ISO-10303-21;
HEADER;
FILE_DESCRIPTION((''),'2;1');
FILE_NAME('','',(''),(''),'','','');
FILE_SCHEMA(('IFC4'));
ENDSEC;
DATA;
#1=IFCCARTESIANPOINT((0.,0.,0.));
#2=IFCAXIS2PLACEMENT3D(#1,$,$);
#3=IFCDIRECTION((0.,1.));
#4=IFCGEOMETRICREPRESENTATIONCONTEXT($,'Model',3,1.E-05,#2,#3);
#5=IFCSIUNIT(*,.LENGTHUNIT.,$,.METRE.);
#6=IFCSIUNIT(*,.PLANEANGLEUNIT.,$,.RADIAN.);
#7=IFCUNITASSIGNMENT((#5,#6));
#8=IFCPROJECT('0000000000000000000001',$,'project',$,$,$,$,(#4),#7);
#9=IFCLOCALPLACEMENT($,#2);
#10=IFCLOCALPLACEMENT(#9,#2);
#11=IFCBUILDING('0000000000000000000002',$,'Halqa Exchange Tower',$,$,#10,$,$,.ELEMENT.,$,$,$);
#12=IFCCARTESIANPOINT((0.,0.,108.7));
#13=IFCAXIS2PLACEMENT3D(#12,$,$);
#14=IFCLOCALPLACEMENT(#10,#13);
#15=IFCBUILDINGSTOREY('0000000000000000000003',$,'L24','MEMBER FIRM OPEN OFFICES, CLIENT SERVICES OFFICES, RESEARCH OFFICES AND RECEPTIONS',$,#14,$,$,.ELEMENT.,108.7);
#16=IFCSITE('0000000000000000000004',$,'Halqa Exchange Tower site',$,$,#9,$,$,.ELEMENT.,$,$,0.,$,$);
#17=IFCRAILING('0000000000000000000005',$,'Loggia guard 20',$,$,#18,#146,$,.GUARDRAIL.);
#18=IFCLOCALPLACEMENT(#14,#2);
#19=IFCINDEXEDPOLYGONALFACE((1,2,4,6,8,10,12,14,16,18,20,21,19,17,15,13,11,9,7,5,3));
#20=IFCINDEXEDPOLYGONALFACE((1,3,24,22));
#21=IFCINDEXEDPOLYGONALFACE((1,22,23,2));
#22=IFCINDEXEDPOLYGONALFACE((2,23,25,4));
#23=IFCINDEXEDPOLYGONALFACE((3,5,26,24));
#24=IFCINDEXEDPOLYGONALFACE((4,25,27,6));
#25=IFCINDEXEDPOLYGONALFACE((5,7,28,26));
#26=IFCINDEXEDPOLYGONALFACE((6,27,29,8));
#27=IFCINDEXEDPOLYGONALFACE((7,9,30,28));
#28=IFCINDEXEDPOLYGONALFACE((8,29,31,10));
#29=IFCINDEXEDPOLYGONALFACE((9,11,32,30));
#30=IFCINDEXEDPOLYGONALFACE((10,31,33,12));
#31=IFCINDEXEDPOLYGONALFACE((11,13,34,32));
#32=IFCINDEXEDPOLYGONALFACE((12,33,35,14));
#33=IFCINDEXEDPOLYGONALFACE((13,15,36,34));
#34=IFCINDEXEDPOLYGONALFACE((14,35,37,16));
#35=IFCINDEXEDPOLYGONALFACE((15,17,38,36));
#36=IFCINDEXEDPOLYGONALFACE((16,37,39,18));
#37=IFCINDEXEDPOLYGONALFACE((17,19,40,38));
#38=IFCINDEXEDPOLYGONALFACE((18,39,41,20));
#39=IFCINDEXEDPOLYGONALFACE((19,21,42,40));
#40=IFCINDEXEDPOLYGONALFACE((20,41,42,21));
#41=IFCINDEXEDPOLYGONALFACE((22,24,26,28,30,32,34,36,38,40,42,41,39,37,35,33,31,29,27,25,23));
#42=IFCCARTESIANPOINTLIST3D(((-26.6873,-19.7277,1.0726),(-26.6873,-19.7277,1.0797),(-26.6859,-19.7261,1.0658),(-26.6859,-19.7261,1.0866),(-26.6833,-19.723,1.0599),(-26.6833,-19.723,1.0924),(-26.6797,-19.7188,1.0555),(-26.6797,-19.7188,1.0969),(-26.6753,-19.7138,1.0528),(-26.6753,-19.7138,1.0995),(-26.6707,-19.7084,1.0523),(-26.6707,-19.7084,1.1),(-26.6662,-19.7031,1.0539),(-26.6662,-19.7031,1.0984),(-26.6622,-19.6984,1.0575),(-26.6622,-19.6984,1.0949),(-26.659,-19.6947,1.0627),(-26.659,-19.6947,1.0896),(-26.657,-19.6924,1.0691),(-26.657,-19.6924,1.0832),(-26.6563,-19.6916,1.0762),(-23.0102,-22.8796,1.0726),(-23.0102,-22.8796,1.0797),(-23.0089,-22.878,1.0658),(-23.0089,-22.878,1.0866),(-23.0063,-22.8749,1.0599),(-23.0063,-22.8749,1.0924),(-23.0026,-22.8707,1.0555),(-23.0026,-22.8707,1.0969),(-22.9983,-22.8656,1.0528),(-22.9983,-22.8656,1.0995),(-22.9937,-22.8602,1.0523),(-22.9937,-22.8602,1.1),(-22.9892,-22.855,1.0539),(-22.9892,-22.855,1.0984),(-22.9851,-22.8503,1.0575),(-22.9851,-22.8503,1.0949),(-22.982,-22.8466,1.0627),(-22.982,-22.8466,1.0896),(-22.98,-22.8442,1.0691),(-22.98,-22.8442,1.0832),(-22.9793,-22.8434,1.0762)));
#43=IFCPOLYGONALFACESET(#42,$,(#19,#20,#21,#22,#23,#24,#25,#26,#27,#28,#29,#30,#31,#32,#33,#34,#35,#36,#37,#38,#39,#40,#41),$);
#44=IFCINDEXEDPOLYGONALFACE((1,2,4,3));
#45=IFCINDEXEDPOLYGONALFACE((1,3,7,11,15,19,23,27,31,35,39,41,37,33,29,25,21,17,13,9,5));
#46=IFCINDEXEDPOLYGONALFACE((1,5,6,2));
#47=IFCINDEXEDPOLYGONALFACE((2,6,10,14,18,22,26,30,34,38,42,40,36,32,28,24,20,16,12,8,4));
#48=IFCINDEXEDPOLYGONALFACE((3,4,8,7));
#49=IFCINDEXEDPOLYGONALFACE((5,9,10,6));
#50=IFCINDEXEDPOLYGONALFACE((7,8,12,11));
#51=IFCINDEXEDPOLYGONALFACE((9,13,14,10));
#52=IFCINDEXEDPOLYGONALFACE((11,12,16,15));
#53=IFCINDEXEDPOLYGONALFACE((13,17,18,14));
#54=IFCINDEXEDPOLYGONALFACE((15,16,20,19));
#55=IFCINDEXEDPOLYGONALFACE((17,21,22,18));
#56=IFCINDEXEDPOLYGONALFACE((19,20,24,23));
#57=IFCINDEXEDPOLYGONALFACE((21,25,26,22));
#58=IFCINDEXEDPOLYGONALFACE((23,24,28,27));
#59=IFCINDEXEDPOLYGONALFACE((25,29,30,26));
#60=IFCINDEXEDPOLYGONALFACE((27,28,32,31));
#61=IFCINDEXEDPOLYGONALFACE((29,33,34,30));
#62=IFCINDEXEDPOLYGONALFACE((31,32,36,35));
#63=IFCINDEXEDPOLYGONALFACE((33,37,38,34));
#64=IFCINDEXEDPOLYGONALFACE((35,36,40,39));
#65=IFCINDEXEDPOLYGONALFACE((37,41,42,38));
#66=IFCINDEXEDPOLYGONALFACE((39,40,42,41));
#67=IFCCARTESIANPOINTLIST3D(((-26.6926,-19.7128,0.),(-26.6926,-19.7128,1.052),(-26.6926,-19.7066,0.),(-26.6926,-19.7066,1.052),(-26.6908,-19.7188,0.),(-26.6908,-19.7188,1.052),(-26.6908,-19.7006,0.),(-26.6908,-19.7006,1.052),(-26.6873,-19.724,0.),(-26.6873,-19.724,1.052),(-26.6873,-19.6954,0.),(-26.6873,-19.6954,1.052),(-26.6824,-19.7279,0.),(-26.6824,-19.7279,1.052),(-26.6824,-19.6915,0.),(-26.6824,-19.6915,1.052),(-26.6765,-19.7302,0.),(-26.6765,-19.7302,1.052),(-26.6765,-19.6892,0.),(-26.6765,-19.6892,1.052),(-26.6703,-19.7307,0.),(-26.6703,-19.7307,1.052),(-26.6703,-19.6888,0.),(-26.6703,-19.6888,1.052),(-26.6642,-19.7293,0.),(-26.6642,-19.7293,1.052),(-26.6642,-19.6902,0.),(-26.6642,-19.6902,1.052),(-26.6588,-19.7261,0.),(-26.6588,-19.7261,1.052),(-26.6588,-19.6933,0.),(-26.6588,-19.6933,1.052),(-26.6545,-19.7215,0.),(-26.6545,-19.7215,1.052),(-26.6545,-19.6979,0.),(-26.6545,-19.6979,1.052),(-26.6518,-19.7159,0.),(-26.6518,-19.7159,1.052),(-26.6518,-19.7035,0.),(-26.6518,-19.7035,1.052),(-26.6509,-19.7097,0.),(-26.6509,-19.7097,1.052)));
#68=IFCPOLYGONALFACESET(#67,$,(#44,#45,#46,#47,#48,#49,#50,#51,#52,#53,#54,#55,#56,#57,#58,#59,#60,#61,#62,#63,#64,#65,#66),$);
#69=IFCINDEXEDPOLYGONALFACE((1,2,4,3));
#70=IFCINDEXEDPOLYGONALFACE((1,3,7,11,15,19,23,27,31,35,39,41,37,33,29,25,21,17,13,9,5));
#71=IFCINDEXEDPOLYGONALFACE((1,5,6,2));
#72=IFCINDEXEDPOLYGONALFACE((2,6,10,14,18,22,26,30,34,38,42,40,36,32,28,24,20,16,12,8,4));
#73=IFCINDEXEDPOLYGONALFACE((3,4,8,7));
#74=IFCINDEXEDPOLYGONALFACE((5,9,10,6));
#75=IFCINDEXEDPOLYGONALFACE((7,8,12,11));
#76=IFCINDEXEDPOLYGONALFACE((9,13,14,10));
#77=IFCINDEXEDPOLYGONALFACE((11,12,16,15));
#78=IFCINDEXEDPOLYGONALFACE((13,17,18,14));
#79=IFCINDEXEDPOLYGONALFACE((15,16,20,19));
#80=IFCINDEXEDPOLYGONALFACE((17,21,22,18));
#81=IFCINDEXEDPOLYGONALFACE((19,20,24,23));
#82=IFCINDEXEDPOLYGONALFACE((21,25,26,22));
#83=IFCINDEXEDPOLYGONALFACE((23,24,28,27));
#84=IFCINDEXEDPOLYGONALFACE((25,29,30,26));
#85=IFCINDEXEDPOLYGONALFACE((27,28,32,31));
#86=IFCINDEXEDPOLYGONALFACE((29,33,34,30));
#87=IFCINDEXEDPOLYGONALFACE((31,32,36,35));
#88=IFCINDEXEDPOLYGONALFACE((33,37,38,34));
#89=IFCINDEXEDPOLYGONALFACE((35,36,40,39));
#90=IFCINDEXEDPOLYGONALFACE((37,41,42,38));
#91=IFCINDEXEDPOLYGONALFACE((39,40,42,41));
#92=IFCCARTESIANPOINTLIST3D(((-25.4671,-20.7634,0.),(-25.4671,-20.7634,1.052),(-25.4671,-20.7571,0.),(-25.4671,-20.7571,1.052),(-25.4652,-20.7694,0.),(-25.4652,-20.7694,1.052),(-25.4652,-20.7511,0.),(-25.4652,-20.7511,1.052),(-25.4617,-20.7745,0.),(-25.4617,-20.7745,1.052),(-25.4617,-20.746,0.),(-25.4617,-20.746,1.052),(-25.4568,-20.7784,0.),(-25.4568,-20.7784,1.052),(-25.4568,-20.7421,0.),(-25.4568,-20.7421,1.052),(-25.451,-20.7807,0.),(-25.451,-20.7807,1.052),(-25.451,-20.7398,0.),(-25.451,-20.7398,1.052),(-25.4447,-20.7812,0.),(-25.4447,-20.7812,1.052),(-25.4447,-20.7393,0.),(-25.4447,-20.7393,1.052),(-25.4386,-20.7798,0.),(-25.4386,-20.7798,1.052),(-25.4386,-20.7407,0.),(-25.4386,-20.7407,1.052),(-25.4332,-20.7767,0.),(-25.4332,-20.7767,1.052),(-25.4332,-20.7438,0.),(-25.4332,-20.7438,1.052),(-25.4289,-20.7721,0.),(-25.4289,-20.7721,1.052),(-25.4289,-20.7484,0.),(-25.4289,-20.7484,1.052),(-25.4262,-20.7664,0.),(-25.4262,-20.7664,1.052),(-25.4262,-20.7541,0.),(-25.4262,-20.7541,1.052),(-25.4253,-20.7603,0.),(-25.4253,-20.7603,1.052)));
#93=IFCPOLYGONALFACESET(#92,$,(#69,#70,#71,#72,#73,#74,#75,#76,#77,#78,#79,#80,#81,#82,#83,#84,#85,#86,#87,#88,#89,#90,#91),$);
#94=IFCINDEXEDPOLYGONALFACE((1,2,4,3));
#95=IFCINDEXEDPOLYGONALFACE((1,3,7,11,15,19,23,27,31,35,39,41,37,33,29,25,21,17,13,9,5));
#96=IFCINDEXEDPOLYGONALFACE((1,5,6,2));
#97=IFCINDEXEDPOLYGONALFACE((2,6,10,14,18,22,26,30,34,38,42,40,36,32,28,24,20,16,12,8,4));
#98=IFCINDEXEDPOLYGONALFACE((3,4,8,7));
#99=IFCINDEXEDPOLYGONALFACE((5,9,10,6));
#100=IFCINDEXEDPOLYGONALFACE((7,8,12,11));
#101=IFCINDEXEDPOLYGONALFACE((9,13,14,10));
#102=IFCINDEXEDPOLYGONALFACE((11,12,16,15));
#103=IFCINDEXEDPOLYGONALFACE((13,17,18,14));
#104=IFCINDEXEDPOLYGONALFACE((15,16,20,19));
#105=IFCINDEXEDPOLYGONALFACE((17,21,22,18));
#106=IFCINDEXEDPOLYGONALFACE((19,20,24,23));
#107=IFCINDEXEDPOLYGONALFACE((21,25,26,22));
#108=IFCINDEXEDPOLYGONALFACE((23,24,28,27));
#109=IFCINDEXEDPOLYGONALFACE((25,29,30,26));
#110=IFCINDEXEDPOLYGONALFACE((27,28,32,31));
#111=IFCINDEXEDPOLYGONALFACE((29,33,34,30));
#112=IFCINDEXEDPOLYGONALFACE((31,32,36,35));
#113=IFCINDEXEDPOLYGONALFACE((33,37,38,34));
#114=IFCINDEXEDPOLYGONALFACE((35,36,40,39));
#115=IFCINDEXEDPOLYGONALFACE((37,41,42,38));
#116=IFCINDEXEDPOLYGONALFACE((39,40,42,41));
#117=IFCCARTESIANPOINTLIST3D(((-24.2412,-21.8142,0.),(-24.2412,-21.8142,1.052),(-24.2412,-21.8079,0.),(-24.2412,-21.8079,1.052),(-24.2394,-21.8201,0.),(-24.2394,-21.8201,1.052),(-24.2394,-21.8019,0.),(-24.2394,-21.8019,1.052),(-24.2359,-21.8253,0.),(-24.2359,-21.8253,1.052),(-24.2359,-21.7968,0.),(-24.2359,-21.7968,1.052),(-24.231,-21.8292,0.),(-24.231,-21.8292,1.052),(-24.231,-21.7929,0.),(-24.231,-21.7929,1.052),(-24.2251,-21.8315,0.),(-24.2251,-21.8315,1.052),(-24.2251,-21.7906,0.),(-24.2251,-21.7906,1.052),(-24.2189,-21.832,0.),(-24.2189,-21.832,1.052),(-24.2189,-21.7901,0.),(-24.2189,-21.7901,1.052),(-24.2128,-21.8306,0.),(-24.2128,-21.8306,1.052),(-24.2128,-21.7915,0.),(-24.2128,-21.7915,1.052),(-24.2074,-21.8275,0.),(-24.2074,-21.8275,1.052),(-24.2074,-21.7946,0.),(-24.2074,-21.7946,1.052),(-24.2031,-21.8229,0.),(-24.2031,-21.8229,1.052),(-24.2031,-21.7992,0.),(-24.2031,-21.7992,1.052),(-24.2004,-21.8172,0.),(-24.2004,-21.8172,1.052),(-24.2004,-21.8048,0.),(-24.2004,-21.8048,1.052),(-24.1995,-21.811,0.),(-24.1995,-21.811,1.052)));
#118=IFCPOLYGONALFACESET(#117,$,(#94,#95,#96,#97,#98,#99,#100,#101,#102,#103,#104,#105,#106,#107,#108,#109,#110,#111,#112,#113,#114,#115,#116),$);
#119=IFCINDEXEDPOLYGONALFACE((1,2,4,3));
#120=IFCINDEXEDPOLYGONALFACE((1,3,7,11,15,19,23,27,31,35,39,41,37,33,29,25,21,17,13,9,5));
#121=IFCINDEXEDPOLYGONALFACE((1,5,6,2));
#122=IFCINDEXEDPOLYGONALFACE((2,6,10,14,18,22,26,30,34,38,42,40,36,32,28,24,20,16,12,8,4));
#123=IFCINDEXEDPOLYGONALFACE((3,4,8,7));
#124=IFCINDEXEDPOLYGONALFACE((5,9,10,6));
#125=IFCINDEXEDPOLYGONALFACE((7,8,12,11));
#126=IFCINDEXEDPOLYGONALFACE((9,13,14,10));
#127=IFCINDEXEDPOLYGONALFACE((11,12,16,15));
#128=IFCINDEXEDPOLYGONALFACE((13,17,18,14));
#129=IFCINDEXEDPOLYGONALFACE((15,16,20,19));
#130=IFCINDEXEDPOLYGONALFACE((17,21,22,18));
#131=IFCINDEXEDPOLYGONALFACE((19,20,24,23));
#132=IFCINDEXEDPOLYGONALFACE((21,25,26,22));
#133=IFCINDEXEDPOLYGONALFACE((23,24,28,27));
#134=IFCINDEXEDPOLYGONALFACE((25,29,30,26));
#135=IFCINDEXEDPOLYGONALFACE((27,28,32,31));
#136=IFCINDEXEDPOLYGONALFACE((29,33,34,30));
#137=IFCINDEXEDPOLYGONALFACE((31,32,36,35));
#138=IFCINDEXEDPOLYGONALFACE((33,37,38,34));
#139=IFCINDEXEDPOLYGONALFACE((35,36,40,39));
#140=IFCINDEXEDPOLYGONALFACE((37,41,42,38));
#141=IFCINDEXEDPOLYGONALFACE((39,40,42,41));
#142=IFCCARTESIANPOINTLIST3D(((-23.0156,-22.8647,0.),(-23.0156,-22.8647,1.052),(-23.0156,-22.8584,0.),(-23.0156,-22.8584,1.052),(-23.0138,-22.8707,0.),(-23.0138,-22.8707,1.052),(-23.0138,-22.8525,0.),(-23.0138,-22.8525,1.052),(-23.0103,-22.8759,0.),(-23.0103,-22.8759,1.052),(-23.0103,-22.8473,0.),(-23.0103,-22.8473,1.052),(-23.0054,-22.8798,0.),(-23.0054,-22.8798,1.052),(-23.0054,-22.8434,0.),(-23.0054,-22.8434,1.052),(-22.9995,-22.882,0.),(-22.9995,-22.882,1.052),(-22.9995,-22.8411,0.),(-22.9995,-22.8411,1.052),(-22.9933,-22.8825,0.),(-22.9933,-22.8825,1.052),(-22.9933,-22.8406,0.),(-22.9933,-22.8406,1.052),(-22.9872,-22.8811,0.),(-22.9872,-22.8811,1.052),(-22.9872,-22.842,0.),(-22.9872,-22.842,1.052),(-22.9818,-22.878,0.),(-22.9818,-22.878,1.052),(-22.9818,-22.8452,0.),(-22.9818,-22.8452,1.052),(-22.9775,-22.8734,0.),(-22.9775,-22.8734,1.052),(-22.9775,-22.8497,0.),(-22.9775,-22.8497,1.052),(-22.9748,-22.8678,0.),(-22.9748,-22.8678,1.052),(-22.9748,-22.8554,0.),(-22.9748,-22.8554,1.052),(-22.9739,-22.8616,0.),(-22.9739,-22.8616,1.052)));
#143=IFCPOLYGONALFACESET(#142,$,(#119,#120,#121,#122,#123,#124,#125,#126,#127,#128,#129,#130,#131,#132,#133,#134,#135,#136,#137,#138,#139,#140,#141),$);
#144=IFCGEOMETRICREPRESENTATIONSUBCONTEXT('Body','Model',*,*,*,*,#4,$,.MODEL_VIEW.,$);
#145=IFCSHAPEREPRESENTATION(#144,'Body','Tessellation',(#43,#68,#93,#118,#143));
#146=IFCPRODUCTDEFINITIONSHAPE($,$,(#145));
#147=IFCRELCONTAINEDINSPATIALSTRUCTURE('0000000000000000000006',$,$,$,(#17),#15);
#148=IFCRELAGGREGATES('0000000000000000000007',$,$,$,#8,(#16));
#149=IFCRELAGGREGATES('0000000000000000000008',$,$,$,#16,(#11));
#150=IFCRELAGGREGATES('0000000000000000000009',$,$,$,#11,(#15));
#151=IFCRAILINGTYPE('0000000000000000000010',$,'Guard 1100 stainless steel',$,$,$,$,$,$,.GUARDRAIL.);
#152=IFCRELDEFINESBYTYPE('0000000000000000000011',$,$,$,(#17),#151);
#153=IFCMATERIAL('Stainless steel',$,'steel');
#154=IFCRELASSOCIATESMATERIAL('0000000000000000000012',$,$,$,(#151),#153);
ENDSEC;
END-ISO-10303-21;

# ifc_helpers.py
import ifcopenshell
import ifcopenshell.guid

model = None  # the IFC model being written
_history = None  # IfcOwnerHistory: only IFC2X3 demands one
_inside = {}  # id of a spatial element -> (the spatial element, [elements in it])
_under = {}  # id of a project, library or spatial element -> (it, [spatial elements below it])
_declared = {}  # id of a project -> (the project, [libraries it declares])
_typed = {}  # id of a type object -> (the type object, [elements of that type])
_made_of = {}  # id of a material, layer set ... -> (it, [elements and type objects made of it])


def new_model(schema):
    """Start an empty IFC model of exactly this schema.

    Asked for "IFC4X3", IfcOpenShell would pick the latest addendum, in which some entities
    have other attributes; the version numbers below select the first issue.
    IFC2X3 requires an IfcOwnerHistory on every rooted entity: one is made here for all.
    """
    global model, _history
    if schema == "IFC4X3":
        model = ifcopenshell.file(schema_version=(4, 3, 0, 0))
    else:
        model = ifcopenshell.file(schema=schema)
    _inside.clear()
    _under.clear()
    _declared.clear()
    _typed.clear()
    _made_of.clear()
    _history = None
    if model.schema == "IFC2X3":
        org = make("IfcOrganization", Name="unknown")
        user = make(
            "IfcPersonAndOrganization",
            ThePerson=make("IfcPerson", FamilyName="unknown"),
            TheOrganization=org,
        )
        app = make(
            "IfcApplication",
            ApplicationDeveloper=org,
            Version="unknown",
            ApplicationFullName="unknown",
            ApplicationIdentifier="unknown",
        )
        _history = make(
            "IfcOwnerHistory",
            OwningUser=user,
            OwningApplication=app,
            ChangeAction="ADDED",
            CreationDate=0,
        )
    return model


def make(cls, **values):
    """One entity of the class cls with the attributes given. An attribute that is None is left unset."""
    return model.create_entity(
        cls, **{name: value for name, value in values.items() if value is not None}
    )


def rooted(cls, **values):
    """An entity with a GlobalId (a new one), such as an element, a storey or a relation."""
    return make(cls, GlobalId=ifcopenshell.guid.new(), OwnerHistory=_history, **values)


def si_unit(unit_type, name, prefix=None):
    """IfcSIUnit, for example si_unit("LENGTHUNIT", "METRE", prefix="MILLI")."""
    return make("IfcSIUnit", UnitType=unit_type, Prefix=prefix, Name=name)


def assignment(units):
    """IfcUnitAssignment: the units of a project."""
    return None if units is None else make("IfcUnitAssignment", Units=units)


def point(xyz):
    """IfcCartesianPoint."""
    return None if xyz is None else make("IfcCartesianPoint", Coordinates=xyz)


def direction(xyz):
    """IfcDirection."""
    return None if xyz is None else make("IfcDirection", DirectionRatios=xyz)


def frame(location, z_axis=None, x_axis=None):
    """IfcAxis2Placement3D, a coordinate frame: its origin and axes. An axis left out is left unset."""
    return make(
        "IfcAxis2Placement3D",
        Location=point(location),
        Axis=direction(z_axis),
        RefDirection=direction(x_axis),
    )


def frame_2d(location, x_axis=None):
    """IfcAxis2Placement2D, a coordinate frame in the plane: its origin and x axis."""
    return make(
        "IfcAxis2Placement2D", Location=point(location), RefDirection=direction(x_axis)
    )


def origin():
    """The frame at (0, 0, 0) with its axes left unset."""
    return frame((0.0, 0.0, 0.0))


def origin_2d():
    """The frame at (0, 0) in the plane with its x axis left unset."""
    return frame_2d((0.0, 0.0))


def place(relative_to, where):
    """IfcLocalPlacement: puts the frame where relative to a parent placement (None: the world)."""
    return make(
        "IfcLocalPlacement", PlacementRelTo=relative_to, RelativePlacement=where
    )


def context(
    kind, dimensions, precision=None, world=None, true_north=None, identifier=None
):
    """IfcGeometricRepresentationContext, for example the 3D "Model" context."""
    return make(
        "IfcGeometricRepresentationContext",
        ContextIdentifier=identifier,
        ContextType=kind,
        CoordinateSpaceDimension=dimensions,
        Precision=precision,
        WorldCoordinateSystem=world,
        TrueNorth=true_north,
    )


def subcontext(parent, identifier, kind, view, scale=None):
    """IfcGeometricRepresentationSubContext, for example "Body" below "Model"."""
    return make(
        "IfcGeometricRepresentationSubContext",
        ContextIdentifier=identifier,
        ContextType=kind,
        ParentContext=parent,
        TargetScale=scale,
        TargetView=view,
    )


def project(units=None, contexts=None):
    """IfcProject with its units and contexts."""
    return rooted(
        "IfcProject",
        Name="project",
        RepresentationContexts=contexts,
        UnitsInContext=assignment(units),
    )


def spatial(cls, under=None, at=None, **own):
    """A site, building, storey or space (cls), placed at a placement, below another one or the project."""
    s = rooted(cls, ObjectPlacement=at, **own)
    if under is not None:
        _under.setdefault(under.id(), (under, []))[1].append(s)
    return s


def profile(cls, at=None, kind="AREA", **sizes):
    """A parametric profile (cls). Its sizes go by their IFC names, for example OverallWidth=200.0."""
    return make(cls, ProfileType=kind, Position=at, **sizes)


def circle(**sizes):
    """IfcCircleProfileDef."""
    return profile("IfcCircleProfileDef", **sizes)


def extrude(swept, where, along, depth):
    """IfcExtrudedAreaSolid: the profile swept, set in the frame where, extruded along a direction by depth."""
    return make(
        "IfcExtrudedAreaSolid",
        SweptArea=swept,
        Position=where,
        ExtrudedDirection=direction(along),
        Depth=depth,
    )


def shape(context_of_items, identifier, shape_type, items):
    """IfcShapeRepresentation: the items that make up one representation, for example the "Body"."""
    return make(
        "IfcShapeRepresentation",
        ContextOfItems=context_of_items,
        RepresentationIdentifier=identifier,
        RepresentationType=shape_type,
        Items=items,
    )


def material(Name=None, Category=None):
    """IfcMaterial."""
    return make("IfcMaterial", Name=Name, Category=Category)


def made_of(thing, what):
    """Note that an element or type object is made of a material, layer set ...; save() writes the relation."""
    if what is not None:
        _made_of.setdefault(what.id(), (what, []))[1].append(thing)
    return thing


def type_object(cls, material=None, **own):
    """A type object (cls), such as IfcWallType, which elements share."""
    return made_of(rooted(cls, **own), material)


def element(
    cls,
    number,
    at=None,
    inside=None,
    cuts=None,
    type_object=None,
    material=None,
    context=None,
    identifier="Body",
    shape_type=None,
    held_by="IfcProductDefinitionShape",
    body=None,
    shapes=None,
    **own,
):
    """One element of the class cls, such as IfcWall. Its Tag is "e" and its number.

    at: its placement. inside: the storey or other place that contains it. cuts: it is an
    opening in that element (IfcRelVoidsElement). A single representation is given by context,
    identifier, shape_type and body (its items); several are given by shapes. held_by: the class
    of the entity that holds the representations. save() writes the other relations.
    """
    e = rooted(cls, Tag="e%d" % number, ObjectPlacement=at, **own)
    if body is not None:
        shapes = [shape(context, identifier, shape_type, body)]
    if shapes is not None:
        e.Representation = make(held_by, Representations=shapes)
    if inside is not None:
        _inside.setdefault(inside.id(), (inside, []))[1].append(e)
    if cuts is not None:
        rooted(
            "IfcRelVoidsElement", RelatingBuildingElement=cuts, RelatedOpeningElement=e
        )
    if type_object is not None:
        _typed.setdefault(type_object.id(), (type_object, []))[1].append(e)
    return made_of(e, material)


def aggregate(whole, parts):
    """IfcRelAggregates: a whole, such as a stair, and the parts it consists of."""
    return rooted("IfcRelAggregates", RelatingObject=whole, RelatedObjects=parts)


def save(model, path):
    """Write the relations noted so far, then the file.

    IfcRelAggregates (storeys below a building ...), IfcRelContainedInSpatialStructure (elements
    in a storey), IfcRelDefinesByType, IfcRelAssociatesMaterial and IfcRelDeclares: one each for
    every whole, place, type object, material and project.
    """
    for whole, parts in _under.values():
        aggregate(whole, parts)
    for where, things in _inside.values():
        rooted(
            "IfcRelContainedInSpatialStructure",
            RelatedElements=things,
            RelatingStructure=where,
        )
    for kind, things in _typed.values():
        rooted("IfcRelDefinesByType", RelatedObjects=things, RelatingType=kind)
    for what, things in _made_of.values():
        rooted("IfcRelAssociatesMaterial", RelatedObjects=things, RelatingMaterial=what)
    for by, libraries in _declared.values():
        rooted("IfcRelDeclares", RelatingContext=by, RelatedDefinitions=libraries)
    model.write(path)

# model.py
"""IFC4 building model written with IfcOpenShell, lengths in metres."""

from ifc_helpers import new_model, si_unit, direction, frame, origin, origin_2d, place, context, subcontext, project, spatial, circle, extrude, material, type_object, element, save


model = new_model("IFC4")

# Units and contexts
model_context = context("Model", 3, precision=1e-05, world=origin(), true_north=direction((0.0, 1.0)))
body_context = subcontext(model_context, "Body", "Model", "MODEL_VIEW")
ifc_project = project(units=[si_unit("LENGTHUNIT", "METRE"), si_unit("PLANEANGLEUNIT", "RADIAN")], contexts=[model_context])

# Site, building, storey
site_placement = place(None, origin())
site = spatial("IfcSite", under=ifc_project, at=site_placement, Name="Halqa Exchange Tower site", CompositionType="ELEMENT", RefElevation=0.0)
building_placement = place(site_placement, origin())
building = spatial("IfcBuilding", under=site, at=building_placement, Name="Halqa Exchange Tower", CompositionType="ELEMENT")
storey_placement = place(building_placement, frame((0.0, 0.0, 108.7)))
storey = spatial("IfcBuildingStorey", under=building, at=storey_placement, Name="L24", Description="MEMBER FIRM OPEN OFFICES, CLIENT SERVICES OFFICES, RESEARCH OFFICES AND RECEPTIONS", CompositionType="ELEMENT", Elevation=108.7)

# Railing
ifc_material_1 = material(Name="Stainless steel", Category="steel")
railing_type = type_object("IfcRailingType", Name="Guard 1100 stainless steel", PredefinedType="GUARDRAIL", material=ifc_material_1)
railing_1_placement = place(storey_placement, frame((-26.6719, -19.7097, 0.0)))
element("IfcRailing", 1, at=railing_1_placement, inside=storey, type_object=railing_type, Name="Loggia guard 20", PredefinedType="GUARDRAIL", context=body_context, shape_type="SweptSolid", body=[
    extrude(circle(Radius=0.0239, at=origin_2d()), frame((0.0, 0.0, 1.0762), z_axis=(0.759242, -0.650808, 0.0), x_axis=(0.650808, 0.759242, 0.0)), (0.0, 0.0, 1.0), 4.843),
    extrude(circle(Radius=0.021, at=origin_2d()), origin(), (0.0, 0.0, 1.0), 1.052),
    extrude(circle(Radius=0.021, at=origin_2d()), frame((1.2256, -1.0505, 0.0)), (0.0, 0.0, 1.0), 1.052),
    extrude(circle(Radius=0.021, at=origin_2d()), frame((2.4514, -2.1013, 0.0)), (0.0, 0.0, 1.0), 1.052),
    extrude(circle(Radius=0.021, at=origin_2d()), frame((3.677, -3.1519, 0.0)), (0.0, 0.0, 1.0), 1.052),
])

save(model, "model.ifc")
